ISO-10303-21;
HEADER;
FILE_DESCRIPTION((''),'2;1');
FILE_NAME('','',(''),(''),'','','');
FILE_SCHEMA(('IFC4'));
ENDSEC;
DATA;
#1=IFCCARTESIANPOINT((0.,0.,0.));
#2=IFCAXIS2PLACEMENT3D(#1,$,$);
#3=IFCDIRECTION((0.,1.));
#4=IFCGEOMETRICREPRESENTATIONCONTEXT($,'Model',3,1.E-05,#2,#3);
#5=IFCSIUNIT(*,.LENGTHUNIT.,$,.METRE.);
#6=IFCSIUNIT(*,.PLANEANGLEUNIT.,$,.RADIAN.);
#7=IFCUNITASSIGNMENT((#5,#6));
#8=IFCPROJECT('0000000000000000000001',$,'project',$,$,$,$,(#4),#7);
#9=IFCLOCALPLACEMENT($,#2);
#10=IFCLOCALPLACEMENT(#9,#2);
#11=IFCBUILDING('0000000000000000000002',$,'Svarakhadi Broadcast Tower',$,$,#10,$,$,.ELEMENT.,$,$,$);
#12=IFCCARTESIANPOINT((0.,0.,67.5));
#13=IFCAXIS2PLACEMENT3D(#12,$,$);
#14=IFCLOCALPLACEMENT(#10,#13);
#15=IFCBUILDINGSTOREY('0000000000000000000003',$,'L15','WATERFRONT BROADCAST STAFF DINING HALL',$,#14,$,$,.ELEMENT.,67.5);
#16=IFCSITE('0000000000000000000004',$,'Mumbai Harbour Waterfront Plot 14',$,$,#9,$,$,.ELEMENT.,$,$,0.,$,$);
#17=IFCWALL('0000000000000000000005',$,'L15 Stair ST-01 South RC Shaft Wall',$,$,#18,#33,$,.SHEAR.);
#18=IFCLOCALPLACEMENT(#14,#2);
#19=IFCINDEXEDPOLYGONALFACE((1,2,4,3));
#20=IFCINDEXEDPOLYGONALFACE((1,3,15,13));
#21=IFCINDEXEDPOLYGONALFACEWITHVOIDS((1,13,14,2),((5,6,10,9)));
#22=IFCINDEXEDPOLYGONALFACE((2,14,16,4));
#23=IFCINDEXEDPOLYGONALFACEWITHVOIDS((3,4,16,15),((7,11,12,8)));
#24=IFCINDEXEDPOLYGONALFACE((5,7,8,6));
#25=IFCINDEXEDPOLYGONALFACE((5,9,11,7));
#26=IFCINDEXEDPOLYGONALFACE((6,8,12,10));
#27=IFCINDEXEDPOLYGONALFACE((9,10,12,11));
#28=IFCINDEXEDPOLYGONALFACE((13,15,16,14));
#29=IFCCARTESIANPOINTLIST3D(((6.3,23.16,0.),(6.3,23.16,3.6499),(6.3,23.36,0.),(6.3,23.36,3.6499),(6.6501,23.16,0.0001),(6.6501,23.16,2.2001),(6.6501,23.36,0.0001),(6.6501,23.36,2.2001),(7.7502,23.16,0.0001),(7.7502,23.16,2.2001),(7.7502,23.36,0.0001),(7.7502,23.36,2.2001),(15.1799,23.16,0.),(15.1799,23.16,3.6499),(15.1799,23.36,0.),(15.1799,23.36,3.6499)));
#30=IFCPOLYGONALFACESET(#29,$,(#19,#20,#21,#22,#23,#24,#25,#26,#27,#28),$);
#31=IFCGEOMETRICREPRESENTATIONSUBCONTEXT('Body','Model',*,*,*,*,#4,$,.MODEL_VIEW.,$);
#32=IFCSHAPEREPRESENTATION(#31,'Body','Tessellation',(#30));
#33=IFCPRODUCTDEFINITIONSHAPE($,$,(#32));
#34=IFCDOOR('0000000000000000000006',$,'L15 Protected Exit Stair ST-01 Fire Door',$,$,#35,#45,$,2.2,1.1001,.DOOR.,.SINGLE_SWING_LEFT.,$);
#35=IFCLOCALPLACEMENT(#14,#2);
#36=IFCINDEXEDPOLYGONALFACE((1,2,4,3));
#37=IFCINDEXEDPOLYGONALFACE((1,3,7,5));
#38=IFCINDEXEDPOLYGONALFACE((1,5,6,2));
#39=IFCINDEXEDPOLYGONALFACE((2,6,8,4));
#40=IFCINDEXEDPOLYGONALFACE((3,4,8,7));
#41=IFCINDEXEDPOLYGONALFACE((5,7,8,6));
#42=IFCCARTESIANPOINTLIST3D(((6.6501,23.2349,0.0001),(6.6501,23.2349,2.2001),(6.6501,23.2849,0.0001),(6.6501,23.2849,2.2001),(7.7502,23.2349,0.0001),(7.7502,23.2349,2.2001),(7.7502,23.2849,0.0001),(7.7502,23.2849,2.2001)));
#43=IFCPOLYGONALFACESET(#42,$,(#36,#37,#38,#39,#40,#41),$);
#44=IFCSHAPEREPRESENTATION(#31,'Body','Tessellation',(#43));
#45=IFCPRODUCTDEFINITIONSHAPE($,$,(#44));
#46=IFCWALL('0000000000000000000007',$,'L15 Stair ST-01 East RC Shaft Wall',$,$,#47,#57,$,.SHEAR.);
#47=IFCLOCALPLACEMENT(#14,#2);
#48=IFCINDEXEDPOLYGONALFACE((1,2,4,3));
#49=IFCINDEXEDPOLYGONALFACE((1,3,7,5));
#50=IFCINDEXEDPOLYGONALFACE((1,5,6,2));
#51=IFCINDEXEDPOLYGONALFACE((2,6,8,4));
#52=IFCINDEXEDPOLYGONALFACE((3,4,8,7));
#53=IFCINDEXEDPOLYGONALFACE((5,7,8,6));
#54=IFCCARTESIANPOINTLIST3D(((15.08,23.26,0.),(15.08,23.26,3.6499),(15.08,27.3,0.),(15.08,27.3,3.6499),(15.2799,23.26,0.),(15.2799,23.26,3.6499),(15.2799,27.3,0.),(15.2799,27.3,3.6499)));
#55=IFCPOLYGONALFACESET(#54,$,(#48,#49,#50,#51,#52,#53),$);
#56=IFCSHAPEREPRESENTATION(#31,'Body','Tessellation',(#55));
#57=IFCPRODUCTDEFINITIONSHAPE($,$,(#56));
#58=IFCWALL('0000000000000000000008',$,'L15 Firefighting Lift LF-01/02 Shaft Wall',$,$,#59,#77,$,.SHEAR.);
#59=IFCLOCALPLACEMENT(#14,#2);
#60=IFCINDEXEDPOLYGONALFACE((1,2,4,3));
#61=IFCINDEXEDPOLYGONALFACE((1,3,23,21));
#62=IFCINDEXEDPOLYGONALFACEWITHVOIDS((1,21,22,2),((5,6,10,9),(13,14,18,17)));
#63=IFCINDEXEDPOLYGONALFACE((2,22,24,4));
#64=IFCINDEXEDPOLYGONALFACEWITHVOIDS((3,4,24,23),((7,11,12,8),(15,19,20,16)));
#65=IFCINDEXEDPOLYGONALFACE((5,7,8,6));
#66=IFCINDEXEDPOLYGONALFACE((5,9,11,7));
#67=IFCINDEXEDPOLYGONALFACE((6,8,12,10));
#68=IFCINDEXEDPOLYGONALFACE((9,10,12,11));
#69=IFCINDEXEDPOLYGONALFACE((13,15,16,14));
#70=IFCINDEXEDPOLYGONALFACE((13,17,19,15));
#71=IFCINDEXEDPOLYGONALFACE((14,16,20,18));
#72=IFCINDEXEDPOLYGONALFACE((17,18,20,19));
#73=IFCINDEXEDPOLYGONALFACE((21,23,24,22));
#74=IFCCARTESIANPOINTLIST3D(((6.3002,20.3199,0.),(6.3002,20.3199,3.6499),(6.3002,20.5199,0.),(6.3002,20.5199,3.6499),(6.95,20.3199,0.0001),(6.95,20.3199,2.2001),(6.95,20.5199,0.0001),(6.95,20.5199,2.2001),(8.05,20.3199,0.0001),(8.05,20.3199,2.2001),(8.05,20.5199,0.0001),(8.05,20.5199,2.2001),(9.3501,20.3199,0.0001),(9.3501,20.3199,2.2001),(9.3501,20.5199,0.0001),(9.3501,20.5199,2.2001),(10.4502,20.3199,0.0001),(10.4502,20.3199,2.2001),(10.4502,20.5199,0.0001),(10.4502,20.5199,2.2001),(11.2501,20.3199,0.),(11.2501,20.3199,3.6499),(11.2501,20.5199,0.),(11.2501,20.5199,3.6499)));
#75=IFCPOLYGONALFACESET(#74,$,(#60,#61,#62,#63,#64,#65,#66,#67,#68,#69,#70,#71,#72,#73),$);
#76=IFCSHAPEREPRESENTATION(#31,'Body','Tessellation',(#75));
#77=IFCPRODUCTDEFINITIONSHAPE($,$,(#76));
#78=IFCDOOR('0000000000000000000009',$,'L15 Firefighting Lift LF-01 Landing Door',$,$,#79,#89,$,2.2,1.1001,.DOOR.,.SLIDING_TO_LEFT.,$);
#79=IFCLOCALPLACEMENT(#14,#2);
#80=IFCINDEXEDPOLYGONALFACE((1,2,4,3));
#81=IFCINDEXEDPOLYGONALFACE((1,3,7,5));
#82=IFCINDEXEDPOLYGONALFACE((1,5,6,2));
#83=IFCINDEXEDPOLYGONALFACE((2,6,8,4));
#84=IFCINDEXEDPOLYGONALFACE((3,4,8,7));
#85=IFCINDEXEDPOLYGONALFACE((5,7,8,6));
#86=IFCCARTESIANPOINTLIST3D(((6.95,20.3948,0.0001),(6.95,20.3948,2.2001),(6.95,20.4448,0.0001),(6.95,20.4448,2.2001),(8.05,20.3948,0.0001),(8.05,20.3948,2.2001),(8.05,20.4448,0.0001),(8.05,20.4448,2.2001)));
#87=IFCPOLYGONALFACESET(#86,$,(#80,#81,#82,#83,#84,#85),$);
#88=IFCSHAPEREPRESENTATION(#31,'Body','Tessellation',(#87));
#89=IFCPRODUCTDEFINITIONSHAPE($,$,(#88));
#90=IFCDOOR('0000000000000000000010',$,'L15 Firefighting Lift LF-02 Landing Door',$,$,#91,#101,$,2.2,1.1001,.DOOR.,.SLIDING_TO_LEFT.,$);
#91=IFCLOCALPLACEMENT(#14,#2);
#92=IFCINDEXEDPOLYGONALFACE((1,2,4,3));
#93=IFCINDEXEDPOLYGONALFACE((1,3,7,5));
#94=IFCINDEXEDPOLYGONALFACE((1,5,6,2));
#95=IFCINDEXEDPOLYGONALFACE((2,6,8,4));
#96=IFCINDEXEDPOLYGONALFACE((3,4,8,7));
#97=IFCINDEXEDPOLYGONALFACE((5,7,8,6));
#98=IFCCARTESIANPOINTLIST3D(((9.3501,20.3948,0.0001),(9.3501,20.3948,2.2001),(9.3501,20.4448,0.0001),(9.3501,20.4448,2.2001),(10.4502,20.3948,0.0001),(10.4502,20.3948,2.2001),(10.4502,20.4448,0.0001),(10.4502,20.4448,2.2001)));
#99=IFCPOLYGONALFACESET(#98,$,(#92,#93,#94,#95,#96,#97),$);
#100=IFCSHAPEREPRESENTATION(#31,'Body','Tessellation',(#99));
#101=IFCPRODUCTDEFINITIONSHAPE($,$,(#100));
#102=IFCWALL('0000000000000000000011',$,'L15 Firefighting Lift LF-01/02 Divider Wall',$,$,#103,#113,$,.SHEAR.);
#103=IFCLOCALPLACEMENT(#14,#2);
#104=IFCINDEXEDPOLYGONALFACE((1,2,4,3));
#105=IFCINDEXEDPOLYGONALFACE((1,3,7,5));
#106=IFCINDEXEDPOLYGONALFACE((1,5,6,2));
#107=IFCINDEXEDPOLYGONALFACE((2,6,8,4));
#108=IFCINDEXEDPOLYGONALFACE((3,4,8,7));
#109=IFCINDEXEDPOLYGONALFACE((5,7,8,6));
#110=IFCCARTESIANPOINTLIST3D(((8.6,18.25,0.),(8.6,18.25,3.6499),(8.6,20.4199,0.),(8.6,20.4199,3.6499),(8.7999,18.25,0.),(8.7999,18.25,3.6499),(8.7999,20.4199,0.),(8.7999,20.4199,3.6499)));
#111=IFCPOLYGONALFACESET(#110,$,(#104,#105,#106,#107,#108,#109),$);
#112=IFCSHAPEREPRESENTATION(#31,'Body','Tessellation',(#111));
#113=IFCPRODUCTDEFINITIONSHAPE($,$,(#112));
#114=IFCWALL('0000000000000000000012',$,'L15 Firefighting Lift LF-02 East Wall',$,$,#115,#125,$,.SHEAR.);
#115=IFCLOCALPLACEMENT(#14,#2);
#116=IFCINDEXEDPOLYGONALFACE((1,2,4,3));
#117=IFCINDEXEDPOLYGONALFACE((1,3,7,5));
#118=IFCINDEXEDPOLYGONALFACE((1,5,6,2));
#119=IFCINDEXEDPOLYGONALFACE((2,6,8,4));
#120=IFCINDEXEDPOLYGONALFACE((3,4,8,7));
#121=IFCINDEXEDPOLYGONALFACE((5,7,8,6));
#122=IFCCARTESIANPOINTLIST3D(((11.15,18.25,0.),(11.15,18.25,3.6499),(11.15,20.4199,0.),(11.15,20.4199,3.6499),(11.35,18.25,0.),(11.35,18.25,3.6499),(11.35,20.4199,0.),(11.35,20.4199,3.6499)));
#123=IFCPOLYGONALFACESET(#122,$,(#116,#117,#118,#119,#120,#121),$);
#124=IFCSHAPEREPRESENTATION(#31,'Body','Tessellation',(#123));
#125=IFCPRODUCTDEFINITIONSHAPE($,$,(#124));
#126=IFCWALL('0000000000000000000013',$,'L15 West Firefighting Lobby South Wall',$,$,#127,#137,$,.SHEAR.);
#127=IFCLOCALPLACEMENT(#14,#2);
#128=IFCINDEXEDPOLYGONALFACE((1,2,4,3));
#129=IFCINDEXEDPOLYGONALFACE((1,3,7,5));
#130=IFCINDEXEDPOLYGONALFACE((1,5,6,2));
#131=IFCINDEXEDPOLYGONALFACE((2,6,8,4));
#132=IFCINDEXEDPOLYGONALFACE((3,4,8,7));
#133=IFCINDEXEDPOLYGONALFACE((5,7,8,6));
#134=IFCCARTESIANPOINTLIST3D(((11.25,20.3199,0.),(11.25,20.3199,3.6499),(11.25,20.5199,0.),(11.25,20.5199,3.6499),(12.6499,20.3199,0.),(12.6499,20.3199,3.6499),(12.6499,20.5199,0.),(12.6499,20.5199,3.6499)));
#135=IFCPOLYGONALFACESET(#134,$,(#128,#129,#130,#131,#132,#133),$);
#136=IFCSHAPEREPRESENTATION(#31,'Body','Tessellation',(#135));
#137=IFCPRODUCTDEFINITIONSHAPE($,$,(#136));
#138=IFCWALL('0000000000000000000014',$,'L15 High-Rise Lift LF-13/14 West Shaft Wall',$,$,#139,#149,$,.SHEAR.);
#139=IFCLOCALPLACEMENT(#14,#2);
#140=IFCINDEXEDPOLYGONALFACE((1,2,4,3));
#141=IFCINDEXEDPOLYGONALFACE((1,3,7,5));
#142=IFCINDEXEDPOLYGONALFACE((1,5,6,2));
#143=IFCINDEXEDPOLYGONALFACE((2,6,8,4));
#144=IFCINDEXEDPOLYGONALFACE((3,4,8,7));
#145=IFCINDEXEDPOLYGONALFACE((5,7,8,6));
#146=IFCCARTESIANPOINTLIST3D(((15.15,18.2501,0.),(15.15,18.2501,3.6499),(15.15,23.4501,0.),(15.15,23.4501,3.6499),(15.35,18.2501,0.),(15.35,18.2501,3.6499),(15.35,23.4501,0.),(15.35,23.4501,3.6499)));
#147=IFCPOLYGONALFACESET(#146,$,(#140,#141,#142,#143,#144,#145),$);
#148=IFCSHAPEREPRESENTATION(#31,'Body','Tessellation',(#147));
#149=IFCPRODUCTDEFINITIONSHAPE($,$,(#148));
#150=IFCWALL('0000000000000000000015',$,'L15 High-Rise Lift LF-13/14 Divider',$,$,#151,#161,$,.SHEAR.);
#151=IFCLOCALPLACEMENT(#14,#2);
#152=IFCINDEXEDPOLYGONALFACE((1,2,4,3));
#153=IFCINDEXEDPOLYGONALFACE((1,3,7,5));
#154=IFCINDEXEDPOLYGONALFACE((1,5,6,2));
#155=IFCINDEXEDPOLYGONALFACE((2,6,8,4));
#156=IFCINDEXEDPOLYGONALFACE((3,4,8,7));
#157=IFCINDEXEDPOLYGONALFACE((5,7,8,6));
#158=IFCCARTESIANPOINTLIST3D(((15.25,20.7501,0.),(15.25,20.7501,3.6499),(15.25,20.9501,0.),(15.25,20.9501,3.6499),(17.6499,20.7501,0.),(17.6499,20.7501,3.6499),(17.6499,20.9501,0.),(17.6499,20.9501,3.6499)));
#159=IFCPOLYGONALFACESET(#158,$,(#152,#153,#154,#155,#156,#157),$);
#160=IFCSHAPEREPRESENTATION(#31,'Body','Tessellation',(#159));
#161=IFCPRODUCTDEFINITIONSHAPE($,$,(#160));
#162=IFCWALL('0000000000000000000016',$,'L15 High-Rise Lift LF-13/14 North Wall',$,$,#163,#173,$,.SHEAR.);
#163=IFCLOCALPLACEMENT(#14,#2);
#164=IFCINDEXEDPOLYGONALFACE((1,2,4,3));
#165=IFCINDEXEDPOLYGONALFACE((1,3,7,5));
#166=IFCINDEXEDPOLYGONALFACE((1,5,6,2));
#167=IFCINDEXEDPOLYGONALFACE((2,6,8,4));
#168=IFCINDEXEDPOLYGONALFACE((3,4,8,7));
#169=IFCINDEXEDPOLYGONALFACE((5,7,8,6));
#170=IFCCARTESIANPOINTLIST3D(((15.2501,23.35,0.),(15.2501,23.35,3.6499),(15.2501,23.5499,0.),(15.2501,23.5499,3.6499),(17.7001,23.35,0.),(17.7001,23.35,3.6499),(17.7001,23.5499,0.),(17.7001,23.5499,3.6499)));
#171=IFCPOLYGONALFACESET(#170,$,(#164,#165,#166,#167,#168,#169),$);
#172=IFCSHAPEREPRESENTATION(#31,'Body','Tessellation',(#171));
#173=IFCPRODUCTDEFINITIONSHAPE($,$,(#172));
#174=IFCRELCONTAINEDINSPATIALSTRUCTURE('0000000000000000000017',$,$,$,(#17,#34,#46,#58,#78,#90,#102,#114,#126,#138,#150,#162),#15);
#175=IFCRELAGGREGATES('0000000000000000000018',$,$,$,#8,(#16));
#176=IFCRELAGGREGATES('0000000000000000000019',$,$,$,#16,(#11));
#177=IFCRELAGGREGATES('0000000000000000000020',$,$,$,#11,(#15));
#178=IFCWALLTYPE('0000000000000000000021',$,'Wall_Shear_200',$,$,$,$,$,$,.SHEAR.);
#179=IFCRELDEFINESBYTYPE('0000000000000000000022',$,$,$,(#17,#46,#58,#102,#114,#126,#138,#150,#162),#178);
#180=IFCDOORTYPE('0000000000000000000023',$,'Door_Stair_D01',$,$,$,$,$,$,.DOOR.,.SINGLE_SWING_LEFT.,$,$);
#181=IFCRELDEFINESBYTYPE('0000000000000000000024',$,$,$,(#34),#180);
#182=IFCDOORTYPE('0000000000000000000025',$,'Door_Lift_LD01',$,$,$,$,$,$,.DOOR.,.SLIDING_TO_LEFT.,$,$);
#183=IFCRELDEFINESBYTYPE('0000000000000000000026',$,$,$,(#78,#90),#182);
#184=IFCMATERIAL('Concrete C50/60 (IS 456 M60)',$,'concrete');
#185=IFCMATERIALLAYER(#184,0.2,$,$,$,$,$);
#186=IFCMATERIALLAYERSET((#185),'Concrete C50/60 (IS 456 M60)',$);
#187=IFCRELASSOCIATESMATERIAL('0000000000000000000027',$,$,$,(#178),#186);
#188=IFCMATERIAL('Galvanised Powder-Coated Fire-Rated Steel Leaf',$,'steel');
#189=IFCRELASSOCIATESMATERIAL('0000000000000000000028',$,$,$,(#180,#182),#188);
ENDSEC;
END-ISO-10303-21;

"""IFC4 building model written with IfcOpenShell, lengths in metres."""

from ifc_helpers import new_model, si_unit, direction, frame, frame_2d, origin, place, context, subcontext, project, spatial, rectangle, extrude, material, layer, layer_set, type_object, element, fill, save


model = new_model("IFC4")

# Units and contexts
model_context = context("Model", 3, precision=1e-05, world=origin(), true_north=direction((0.0, 1.0)))
body_context = subcontext(model_context, "Body", "Model", "MODEL_VIEW")
ifc_project = project(units=[si_unit("LENGTHUNIT", "METRE"), si_unit("PLANEANGLEUNIT", "RADIAN")], contexts=[model_context])

# Site, building, storey
site_placement = place(None, origin())
site = spatial("IfcSite", under=ifc_project, at=site_placement, Name="Mumbai Harbour Waterfront Plot 14", CompositionType="ELEMENT", RefElevation=0.0)
building_placement = place(site_placement, origin())
building = spatial("IfcBuilding", under=site, at=building_placement, Name="Svarakhadi Broadcast Tower", CompositionType="ELEMENT")
storey_placement = place(building_placement, frame((0.0, 0.0, 67.5)))
storey = spatial("IfcBuildingStorey", under=building, at=storey_placement, Name="L15", Description="WATERFRONT BROADCAST STAFF DINING HALL", CompositionType="ELEMENT", Elevation=67.5)

# Shared definitions
ifc_material_1 = material(Name="Concrete C50/60 (IS 456 M60)", Category="concrete")

# Wall, opening, door
ifc_layer = layer(ifc_material_1, 0.2)
ifc_layer_set = layer_set([ifc_layer], Name="Concrete C50/60 (IS 456 M60)")
wall_type = type_object("IfcWallType", Name="Wall_Shear_200", PredefinedType="SHEAR", material=ifc_layer_set)
wall_1_placement = place(storey_placement, frame((6.3, 23.26, 0.0), z_axis=(0.0, 0.0, 1.0), x_axis=(1.0, 0.0, 0.0)))
wall_1 = element("IfcWall", 1, at=wall_1_placement, inside=storey, type_object=wall_type, Name="L15 Stair ST-01 South RC Shaft Wall", PredefinedType="SHEAR", context=body_context, shape_type="SweptSolid", body=[
    extrude(rectangle(XDim=8.8799, YDim=0.2, at=frame_2d((4.4399, 0.0))), origin(), (0.0, 0.0, 1.0), 3.6499),
])
opening_1_placement = place(wall_1_placement, frame((0.3501, 0.0, 0.0)))
opening_1 = element("IfcOpeningElement", 2, at=opening_1_placement, cuts=wall_1, PredefinedType="OPENING", context=body_context, shape_type="SweptSolid", body=[
    extrude(rectangle(XDim=1.1001, YDim=2.2, at=frame_2d((0.55, 1.1001))), frame((0.0, 0.1099, 0.0), z_axis=(0.0, -1.0, 0.0), x_axis=(1.0, 0.0, 0.0)), (0.0, 0.0, 1.0), 0.22),
])
ifc_material_2 = material(Name="Galvanised Powder-Coated Fire-Rated Steel Leaf", Category="steel")
door_type_1 = type_object("IfcDoorType", Name="Door_Stair_D01", OperationType="SINGLE_SWING_LEFT", PredefinedType="DOOR", material=ifc_material_2)
door_1_placement = place(opening_1_placement, origin())
door_1 = element("IfcDoor", 3, at=door_1_placement, inside=storey, type_object=door_type_1, Name="L15 Protected Exit Stair ST-01 Fire Door", OperationType="SINGLE_SWING_LEFT", OverallHeight=2.2, OverallWidth=1.1001, PredefinedType="DOOR", context=body_context, shape_type="SweptSolid", body=[
    extrude(rectangle(XDim=1.1001, YDim=2.2, at=frame_2d((0.55, 1.1001))), frame((0.0, 0.0249, 0.0), z_axis=(0.0, -1.0, 0.0), x_axis=(1.0, 0.0, 0.0)), (0.0, 0.0, 1.0), 0.05),
])
fill(opening_1, door_1)

# Wall
wall_2_placement = place(storey_placement, frame((15.1799, 23.26, 0.0), z_axis=(0.0, 0.0, 1.0), x_axis=(0.0, 1.0, 0.0)))
element("IfcWall", 4, at=wall_2_placement, inside=storey, type_object=wall_type, Name="L15 Stair ST-01 East RC Shaft Wall", PredefinedType="SHEAR", context=body_context, shape_type="SweptSolid", body=[
    extrude(rectangle(XDim=4.04, YDim=0.2, at=frame_2d((2.02, 0.0))), origin(), (0.0, 0.0, 1.0), 3.6499),
])

# Wall, openings, doors
wall_3_placement = place(storey_placement, frame((6.3, 20.4199, 0.0), z_axis=(0.0, 0.0, 1.0), x_axis=(1.0, 0.0, 0.0)))
wall_3 = element("IfcWall", 5, at=wall_3_placement, inside=storey, type_object=wall_type, Name="L15 Firefighting Lift LF-01/02 Shaft Wall", PredefinedType="SHEAR", context=body_context, shape_type="SweptSolid", body=[
    extrude(rectangle(XDim=4.95, YDim=0.2, at=frame_2d((2.4751, 0.0))), origin(), (0.0, 0.0, 1.0), 3.6499),
])
opening_2_placement = place(wall_3_placement, frame((0.6499, 0.0, 0.0)))
opening_2 = element("IfcOpeningElement", 6, at=opening_2_placement, cuts=wall_3, PredefinedType="OPENING", context=body_context, shape_type="SweptSolid", body=[
    extrude(rectangle(XDim=1.1001, YDim=2.2, at=frame_2d((0.55, 1.1001))), frame((0.0, 0.1099, 0.0), z_axis=(0.0, -1.0, 0.0), x_axis=(1.0, 0.0, 0.0)), (0.0, 0.0, 1.0), 0.22),
])
opening_3_placement = place(wall_3_placement, frame((3.05, 0.0, 0.0)))
opening_3 = element("IfcOpeningElement", 7, at=opening_3_placement, cuts=wall_3, PredefinedType="OPENING", context=body_context, shape_type="SweptSolid", body=[
    extrude(rectangle(XDim=1.1001, YDim=2.2, at=frame_2d((0.55, 1.1001))), frame((0.0, 0.1099, 0.0), z_axis=(0.0, -1.0, 0.0), x_axis=(1.0, 0.0, 0.0)), (0.0, 0.0, 1.0), 0.22),
])
door_type_2 = type_object("IfcDoorType", Name="Door_Lift_LD01", OperationType="SLIDING_TO_LEFT", PredefinedType="DOOR", material=ifc_material_2)
door_2_placement = place(opening_2_placement, origin())
door_2 = element("IfcDoor", 8, at=door_2_placement, inside=storey, type_object=door_type_2, Name="L15 Firefighting Lift LF-01 Landing Door", OperationType="SLIDING_TO_LEFT", OverallHeight=2.2, OverallWidth=1.1001, PredefinedType="DOOR", context=body_context, shape_type="SweptSolid", body=[
    extrude(rectangle(XDim=1.1001, YDim=2.2, at=frame_2d((0.55, 1.1001))), frame((0.0, 0.0249, 0.0), z_axis=(0.0, -1.0, 0.0), x_axis=(1.0, 0.0, 0.0)), (0.0, 0.0, 1.0), 0.05),
])
fill(opening_2, door_2)
door_3_placement = place(opening_3_placement, origin())
door_3 = element("IfcDoor", 9, at=door_3_placement, inside=storey, type_object=door_type_2, Name="L15 Firefighting Lift LF-02 Landing Door", OperationType="SLIDING_TO_LEFT", OverallHeight=2.2, OverallWidth=1.1001, PredefinedType="DOOR", context=body_context, shape_type="SweptSolid", body=[
    extrude(rectangle(XDim=1.1001, YDim=2.2, at=frame_2d((0.55, 1.1001))), frame((0.0, 0.0249, 0.0), z_axis=(0.0, -1.0, 0.0), x_axis=(1.0, 0.0, 0.0)), (0.0, 0.0, 1.0), 0.05),
])
fill(opening_3, door_3)

# Walls
for number, where, z_axis, x_axis, name in (
    (10, (8.7, 18.25, 0.0), (0.0, 0.0, 1.0), (0.0, 1.0, 0.0), "L15 Firefighting Lift LF-01/02 Divider Wall"),
    (11, (11.25, 18.25, 0.0), (0.0, 0.0, 1.0), (0.0, 1.0, 0.0), "L15 Firefighting Lift LF-02 East Wall"),
):
    element("IfcWall", number, at=place(storey_placement, frame(where, z_axis=z_axis, x_axis=x_axis)), inside=storey, type_object=wall_type, Name=name, PredefinedType="SHEAR", context=body_context, shape_type="SweptSolid", body=[
        extrude(rectangle(XDim=2.1699, YDim=0.2, at=frame_2d((1.085, 0.0))), origin(), (0.0, 0.0, 1.0), 3.6499),
    ])
wall_4_placement = place(storey_placement, frame((11.25, 20.4199, 0.0), z_axis=(0.0, 0.0, 1.0), x_axis=(1.0, 0.0, 0.0)))
element("IfcWall", 12, at=wall_4_placement, inside=storey, type_object=wall_type, Name="L15 West Firefighting Lobby South Wall", PredefinedType="SHEAR", context=body_context, shape_type="SweptSolid", body=[
    extrude(rectangle(XDim=1.3999, YDim=0.2, at=frame_2d((0.7, 0.0))), origin(), (0.0, 0.0, 1.0), 3.6499),
])

# Walls
wall_5_placement = place(storey_placement, frame((15.25, 18.25, 0.0), z_axis=(0.0, 0.0, 1.0), x_axis=(0.0, 1.0, 0.0)))
element("IfcWall", 13, at=wall_5_placement, inside=storey, type_object=wall_type, Name="L15 High-Rise Lift LF-13/14 West Shaft Wall", PredefinedType="SHEAR", context=body_context, shape_type="SweptSolid", body=[
    extrude(rectangle(XDim=5.2, YDim=0.2, at=frame_2d((2.6001, 0.0))), origin(), (0.0, 0.0, 1.0), 3.6499),
])
wall_6_placement = place(storey_placement, frame((15.25, 20.8501, 0.0), z_axis=(0.0, 0.0, 1.0), x_axis=(1.0, 0.0, 0.0)))
element("IfcWall", 14, at=wall_6_placement, inside=storey, type_object=wall_type, Name="L15 High-Rise Lift LF-13/14 Divider", PredefinedType="SHEAR", context=body_context, shape_type="SweptSolid", body=[
    extrude(rectangle(XDim=2.3999, YDim=0.2, at=frame_2d((1.2, 0.0))), origin(), (0.0, 0.0, 1.0), 3.6499),
])
wall_7_placement = place(storey_placement, frame((15.25, 23.45, 0.0), z_axis=(0.0, 0.0, 1.0), x_axis=(1.0, 0.0, 0.0)))
element("IfcWall", 15, at=wall_7_placement, inside=storey, type_object=wall_type, Name="L15 High-Rise Lift LF-13/14 North Wall", PredefinedType="SHEAR", context=body_context, shape_type="SweptSolid", body=[
    extrude(rectangle(XDim=2.45, YDim=0.2, at=frame_2d((1.2251, 0.0))), origin(), (0.0, 0.0, 1.0), 3.6499),
])

save(model, "model.ifc")
